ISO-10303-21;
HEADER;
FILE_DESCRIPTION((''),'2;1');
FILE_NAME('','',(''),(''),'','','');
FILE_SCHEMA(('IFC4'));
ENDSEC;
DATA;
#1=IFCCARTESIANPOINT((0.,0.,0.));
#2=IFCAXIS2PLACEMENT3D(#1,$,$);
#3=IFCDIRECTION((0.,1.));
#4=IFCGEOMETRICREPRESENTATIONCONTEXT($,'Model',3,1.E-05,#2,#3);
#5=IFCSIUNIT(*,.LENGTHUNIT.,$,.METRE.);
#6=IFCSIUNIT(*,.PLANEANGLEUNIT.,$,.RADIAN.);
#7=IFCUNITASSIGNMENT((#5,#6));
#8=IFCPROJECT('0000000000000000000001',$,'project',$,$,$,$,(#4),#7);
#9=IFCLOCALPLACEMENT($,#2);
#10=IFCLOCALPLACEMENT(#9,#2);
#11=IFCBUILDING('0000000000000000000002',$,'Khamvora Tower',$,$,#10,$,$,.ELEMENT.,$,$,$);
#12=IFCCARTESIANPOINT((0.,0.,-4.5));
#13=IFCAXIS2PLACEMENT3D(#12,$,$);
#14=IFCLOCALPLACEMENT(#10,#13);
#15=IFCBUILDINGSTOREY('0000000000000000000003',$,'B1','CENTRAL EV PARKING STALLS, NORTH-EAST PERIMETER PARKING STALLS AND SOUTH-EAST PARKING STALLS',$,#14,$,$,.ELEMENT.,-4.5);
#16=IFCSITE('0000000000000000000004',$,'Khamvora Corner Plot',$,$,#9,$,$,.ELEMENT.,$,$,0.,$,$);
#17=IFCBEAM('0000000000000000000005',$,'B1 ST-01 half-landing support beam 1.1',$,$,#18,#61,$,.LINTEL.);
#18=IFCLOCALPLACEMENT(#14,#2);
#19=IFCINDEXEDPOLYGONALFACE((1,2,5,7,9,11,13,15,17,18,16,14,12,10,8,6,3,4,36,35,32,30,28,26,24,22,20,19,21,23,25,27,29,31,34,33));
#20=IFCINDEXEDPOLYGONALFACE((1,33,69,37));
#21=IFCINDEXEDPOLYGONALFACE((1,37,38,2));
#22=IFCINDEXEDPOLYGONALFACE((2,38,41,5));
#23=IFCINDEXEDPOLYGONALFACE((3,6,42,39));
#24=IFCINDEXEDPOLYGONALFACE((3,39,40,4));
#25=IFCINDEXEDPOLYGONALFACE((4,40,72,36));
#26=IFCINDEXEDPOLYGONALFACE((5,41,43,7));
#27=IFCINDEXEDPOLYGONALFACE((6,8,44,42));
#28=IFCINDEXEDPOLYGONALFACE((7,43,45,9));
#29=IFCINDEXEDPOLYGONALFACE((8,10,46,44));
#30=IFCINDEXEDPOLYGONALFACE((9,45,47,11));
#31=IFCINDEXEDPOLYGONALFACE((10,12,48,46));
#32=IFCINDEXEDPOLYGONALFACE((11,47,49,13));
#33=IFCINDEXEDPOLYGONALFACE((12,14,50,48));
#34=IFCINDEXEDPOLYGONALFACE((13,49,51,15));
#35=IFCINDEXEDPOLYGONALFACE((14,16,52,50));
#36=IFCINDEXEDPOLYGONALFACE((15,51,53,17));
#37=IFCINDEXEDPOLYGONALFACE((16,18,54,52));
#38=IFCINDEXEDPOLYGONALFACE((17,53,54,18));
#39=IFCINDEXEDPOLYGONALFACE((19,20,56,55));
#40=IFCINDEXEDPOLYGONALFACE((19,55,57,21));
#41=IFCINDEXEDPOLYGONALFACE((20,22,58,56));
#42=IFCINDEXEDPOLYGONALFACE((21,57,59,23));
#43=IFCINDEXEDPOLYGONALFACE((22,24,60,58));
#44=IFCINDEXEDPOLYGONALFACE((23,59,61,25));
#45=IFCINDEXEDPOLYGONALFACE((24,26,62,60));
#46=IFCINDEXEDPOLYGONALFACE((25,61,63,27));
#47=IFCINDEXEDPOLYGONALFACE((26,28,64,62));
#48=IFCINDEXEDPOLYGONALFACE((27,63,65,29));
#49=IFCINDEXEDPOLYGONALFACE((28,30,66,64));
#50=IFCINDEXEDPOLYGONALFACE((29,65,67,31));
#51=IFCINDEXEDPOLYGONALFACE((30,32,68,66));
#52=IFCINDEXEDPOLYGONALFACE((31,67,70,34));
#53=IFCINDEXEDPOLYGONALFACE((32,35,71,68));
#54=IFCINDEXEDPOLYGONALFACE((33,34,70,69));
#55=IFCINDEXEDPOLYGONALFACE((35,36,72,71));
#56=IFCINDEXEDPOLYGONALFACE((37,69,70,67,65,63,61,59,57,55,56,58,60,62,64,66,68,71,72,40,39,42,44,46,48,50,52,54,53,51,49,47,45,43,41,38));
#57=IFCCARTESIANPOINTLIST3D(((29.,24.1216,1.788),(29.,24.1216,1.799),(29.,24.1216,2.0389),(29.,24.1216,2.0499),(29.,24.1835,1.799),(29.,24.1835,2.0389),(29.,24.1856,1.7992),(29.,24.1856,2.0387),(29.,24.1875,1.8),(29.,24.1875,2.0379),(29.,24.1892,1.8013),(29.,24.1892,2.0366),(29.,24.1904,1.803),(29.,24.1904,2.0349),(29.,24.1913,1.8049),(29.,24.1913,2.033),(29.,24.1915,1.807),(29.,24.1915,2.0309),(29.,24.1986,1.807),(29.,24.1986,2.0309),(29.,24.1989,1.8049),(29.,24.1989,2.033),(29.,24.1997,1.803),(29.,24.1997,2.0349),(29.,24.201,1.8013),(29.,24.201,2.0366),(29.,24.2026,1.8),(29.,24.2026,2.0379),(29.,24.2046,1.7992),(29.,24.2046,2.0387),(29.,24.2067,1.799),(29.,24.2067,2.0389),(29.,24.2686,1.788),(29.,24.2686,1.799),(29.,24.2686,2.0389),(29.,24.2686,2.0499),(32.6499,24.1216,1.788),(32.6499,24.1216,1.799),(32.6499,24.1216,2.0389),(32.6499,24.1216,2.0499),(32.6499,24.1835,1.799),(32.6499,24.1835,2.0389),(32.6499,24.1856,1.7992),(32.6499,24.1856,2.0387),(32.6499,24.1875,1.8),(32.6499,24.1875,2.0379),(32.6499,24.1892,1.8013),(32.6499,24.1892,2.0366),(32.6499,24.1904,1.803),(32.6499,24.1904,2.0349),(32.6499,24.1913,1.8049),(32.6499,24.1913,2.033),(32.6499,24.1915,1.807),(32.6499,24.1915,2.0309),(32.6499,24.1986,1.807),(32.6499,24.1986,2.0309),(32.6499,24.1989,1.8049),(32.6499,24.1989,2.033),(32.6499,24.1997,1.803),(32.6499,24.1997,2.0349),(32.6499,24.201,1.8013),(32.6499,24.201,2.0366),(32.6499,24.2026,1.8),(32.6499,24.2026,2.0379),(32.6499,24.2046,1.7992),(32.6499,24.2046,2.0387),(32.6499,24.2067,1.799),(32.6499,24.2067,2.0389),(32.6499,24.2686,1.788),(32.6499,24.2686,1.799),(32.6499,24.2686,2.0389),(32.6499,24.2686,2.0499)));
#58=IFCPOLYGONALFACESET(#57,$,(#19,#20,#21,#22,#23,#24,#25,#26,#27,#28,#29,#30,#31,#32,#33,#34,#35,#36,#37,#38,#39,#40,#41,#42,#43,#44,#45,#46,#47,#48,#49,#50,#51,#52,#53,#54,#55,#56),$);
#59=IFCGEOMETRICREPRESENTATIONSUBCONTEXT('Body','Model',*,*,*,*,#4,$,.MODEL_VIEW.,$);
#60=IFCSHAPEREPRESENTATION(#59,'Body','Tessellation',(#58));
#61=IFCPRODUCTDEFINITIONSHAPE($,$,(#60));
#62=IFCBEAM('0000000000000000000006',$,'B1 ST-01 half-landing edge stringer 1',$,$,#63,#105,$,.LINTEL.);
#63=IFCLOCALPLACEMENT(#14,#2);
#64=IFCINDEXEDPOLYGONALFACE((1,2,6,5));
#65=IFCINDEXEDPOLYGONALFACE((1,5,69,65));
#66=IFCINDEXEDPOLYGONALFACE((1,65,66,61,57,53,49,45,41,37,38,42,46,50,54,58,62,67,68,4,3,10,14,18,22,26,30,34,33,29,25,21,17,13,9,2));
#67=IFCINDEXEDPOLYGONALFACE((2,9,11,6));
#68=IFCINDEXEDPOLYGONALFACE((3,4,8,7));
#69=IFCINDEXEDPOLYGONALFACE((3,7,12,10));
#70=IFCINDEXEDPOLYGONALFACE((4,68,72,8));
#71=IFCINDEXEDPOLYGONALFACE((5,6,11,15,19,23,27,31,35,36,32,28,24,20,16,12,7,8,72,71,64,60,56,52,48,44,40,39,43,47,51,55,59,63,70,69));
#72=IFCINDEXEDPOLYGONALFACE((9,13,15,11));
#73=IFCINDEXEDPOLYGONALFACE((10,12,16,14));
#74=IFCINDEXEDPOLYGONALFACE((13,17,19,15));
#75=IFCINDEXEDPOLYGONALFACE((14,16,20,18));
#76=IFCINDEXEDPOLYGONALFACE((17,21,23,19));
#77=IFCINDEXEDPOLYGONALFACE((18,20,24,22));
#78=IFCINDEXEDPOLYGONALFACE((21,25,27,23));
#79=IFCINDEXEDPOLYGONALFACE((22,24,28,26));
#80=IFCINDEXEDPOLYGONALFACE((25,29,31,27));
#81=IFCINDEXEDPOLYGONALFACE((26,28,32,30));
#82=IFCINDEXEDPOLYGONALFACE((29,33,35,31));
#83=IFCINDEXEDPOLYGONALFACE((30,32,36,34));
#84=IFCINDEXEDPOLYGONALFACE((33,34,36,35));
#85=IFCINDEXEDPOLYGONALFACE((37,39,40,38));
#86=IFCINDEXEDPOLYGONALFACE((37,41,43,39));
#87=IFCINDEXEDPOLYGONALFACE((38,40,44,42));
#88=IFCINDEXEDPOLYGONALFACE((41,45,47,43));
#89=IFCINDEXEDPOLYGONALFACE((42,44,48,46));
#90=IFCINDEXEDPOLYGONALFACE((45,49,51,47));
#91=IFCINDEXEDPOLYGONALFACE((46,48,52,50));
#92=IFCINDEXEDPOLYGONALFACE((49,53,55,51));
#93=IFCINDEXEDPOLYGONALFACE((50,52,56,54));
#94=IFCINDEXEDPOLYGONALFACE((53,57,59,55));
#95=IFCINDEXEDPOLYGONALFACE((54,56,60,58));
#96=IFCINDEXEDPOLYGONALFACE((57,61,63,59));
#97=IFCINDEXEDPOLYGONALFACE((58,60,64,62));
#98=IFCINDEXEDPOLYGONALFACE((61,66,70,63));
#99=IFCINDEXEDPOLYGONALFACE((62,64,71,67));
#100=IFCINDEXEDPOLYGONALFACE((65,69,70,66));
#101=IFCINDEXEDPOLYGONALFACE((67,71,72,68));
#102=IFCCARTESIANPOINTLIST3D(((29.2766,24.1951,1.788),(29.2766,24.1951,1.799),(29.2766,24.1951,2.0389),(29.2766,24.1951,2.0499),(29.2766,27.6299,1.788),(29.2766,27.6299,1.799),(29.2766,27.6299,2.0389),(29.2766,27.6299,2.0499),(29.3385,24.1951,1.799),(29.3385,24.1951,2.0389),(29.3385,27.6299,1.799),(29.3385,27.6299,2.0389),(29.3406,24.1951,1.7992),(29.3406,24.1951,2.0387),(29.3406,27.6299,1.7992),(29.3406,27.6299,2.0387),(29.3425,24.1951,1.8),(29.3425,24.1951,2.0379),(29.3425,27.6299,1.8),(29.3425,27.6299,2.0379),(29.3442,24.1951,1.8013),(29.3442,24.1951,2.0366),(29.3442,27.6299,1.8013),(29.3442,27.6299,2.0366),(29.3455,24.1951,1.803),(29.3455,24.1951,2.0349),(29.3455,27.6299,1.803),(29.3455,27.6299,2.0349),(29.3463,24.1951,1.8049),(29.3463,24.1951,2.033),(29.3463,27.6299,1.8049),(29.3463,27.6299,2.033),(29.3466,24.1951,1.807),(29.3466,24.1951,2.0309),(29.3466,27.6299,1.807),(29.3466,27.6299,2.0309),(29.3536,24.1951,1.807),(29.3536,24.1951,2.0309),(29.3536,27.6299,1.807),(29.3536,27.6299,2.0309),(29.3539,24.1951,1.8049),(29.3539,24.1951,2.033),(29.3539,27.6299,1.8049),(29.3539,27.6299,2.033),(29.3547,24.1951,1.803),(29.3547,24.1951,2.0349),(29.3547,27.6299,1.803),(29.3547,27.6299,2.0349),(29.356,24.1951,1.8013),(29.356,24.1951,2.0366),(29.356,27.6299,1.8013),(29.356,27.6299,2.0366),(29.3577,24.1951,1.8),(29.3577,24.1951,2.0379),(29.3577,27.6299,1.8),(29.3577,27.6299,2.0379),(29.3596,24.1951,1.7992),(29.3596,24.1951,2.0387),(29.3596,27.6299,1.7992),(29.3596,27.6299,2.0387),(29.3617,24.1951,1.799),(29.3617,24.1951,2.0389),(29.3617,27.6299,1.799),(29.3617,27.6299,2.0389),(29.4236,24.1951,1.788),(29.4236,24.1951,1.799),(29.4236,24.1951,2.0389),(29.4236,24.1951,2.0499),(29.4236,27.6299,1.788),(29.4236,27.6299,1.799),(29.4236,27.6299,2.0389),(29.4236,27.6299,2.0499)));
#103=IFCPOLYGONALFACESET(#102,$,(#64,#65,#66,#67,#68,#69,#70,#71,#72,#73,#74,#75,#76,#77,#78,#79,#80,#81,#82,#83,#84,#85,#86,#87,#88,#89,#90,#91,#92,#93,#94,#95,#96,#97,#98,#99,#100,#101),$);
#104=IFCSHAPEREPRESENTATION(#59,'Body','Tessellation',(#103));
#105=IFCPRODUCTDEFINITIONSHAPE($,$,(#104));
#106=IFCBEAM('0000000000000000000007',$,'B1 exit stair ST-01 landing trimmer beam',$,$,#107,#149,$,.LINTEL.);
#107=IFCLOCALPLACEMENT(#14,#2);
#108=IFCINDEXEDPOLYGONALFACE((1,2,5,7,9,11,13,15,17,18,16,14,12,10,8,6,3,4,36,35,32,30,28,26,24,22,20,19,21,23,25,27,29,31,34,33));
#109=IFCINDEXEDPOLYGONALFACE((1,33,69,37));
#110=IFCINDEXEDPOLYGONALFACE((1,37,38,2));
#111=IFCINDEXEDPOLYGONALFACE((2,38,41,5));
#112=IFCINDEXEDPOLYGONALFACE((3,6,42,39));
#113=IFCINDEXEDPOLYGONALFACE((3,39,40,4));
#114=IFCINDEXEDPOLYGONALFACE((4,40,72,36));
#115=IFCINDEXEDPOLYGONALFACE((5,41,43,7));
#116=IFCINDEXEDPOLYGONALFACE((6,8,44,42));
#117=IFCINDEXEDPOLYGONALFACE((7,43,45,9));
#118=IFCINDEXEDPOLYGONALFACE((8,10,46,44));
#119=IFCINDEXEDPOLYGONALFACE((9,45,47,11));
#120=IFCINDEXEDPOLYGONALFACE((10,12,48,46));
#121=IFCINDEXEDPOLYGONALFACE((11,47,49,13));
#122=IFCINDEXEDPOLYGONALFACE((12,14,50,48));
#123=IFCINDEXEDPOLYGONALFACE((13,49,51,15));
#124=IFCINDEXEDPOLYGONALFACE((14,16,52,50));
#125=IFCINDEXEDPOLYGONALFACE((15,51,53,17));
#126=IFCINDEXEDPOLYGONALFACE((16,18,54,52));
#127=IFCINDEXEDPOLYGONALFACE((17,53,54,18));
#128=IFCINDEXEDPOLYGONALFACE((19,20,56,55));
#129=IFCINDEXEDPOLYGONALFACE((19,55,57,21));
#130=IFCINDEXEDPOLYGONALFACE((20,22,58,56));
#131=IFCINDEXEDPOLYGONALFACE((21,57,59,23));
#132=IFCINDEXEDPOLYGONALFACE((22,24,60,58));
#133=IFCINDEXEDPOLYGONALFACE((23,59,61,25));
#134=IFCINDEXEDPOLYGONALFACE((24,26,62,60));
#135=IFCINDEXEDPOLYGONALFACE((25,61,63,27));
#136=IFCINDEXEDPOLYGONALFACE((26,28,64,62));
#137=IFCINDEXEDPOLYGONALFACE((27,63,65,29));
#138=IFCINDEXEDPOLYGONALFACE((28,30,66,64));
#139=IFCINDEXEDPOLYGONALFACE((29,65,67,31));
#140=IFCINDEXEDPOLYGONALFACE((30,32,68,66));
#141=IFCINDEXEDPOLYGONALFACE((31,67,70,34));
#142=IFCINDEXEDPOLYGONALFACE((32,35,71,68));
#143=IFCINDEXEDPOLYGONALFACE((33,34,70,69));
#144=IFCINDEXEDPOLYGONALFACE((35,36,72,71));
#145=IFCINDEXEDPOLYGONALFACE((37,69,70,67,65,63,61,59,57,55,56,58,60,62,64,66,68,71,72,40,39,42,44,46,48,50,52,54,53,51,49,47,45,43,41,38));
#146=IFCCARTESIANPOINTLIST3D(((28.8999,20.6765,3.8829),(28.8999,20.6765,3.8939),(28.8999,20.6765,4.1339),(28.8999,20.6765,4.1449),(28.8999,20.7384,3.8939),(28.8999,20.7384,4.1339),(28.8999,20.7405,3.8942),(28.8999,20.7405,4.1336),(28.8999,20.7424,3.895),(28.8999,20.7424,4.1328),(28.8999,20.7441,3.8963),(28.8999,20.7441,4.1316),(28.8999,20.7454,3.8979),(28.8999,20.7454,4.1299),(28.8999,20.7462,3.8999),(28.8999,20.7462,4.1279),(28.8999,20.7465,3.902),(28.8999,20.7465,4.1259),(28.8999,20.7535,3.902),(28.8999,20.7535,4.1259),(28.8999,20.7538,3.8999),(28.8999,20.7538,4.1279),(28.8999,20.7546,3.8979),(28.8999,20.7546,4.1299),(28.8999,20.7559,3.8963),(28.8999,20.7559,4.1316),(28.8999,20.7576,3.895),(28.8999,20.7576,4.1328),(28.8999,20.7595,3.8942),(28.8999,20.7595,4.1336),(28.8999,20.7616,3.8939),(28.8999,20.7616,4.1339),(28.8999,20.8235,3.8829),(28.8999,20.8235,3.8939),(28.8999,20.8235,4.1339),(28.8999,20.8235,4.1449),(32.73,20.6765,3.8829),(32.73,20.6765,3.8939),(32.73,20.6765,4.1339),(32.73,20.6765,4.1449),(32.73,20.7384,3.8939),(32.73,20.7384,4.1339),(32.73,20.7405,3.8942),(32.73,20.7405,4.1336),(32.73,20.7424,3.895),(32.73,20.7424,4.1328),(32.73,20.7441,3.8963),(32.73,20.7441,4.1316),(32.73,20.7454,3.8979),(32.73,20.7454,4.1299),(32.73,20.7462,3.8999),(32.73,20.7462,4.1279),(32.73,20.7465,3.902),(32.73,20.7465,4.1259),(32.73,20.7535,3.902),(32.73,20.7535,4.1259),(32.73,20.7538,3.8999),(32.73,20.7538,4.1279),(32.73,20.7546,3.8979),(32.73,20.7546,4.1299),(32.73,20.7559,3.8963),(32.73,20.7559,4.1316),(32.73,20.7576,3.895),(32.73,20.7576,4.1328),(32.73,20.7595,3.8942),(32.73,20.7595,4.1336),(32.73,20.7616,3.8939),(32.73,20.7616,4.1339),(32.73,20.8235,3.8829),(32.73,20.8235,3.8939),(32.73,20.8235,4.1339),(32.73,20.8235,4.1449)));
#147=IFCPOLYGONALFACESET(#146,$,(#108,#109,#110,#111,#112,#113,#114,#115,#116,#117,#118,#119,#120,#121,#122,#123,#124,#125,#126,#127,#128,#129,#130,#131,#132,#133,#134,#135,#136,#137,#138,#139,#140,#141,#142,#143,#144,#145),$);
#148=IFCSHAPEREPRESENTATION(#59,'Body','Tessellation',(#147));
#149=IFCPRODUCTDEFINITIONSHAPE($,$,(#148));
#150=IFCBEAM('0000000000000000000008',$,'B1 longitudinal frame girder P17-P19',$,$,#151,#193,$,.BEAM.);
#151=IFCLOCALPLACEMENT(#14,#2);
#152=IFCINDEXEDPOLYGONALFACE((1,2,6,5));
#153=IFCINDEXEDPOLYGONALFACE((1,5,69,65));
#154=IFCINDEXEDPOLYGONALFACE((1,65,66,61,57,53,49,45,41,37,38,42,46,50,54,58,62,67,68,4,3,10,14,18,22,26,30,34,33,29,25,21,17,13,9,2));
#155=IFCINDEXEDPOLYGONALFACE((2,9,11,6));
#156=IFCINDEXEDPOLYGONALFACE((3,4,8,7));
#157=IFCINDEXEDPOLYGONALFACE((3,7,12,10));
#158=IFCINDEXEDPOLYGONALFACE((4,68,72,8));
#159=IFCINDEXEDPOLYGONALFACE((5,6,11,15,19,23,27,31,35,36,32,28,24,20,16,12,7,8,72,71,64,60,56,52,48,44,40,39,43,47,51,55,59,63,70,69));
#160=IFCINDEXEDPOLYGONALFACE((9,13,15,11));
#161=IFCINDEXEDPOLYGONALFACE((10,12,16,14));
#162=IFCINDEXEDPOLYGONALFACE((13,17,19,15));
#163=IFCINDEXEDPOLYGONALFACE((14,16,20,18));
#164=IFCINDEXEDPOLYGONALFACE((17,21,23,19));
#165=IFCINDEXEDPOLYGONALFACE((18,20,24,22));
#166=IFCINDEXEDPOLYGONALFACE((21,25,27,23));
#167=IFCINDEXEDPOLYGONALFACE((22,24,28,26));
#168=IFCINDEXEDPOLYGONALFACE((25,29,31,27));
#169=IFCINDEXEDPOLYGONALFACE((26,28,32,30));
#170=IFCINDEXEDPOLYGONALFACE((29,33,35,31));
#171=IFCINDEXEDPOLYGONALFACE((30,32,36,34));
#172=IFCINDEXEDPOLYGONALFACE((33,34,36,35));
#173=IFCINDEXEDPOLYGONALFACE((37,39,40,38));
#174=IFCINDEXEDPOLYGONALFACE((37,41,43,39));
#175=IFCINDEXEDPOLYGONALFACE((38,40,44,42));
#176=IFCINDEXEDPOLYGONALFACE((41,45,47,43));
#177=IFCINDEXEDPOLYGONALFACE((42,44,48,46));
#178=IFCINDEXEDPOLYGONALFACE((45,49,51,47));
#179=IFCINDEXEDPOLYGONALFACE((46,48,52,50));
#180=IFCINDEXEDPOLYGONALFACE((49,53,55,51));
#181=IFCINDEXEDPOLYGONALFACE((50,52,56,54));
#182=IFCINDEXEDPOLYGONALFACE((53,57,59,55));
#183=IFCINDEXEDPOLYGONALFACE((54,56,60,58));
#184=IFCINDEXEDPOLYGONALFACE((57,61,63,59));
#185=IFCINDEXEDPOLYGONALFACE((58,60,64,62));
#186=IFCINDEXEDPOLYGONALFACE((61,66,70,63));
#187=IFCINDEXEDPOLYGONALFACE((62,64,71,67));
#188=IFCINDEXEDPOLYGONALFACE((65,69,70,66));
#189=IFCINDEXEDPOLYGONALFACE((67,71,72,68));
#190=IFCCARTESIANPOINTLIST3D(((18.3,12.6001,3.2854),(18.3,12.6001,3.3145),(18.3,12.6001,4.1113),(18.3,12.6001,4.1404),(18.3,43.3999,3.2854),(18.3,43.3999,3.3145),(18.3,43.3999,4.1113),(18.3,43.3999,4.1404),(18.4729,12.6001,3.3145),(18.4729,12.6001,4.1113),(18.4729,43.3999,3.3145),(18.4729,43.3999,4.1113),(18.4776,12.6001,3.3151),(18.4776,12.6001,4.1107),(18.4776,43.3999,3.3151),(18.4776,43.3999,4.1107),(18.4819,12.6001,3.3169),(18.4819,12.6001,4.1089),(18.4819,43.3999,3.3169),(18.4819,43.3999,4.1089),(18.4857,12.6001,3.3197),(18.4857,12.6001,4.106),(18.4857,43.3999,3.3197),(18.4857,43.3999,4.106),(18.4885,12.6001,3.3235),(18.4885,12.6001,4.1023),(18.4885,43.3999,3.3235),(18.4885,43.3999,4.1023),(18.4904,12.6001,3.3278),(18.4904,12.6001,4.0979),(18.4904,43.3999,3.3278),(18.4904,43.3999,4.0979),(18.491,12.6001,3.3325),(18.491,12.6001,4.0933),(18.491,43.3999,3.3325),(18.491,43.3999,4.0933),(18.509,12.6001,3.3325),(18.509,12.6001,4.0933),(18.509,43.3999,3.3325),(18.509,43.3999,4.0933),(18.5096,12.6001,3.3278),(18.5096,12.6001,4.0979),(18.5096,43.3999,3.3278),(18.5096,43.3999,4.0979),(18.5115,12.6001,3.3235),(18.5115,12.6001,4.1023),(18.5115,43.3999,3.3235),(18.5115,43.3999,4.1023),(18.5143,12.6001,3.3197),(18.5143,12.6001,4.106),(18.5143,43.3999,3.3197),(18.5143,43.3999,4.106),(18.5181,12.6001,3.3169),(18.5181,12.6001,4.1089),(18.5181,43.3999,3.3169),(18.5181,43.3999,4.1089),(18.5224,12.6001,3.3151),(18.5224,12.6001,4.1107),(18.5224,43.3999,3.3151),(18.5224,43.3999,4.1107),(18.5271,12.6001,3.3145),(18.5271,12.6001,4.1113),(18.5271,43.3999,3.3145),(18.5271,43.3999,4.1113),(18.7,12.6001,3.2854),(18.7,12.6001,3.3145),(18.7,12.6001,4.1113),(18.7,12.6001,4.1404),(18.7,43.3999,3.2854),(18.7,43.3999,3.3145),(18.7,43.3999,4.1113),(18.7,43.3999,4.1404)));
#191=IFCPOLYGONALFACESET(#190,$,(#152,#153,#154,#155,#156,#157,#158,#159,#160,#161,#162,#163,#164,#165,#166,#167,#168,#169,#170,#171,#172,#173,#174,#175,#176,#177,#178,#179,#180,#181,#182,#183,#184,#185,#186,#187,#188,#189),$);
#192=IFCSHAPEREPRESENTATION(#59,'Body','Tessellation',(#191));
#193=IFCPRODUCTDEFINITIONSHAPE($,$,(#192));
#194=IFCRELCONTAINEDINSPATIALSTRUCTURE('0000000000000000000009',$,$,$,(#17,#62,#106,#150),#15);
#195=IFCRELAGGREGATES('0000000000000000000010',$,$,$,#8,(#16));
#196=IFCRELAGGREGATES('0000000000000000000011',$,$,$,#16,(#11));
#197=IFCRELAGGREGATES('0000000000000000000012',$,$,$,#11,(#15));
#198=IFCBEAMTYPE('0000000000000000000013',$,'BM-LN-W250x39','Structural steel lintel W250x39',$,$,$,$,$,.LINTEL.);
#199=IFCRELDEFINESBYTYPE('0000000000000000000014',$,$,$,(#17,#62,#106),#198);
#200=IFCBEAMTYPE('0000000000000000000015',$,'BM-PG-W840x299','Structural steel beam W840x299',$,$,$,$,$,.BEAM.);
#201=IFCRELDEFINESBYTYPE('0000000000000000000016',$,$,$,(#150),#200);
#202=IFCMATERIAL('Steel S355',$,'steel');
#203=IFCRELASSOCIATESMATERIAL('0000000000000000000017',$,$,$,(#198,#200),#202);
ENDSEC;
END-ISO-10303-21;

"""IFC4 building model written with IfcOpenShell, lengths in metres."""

from ifc_helpers import new_model, si_unit, direction, frame, origin, origin_2d, place, context, subcontext, project, spatial, i_section, extrude, material, material_profile, profile_set, type_object, element, save


model = new_model("IFC4")

# Units and contexts
model_context = context("Model", 3, precision=1e-05, world=origin(), true_north=direction((0.0, 1.0)))
body_context = subcontext(model_context, "Body", "Model", "MODEL_VIEW")
ifc_project = project(units=[si_unit("LENGTHUNIT", "METRE"), si_unit("PLANEANGLEUNIT", "RADIAN")], contexts=[model_context])

# Site, building, storey
site_placement = place(None, origin())
site = spatial("IfcSite", under=ifc_project, at=site_placement, Name="Khamvora Corner Plot", CompositionType="ELEMENT", RefElevation=0.0)
building_placement = place(site_placement, origin())
building = spatial("IfcBuilding", under=site, at=building_placement, Name="Khamvora Tower", CompositionType="ELEMENT")
storey_placement = place(building_placement, frame((0.0, 0.0, -4.5)))
storey = spatial("IfcBuildingStorey", under=building, at=storey_placement, Name="B1", Description="CENTRAL EV PARKING STALLS, NORTH-EAST PERIMETER PARKING STALLS AND SOUTH-EAST PARKING STALLS", CompositionType="ELEMENT", Elevation=-4.5)

# Beams
ifc_material_1 = material(Name="Steel S355", Category="steel")
ifc_material_profile_1 = material_profile(ifc_material_1, i_section(OverallWidth=0.147, OverallDepth=0.262, WebThickness=0.0071, FlangeThickness=0.011, FilletRadius=0.0081, at=origin_2d()), Name="W250x39")
ifc_profile_set_1 = profile_set([ifc_material_profile_1], Name="Steel S355")
beam_type_1 = type_object("IfcBeamType", Name="BM-LN-W250x39", Description="Structural steel lintel W250x39", PredefinedType="LINTEL", material=ifc_profile_set_1)
beam_1_placement = place(storey_placement, frame((29.0, 24.1951, 1.9189), z_axis=(1.0, 0.0, 0.0), x_axis=(0.0, 1.0, 0.0)))
element("IfcBeam", 1, at=beam_1_placement, inside=storey, type_object=beam_type_1, Name="B1 ST-01 half-landing support beam 1.1", PredefinedType="LINTEL", context=body_context, shape_type="SweptSolid", body=[
    extrude(i_section(OverallWidth=0.147, OverallDepth=0.262, WebThickness=0.0071, FlangeThickness=0.011, FilletRadius=0.0081, at=origin_2d()), origin(), (0.0, 0.0, 1.0), 3.6499),
])
beam_2_placement = place(storey_placement, frame((29.3501, 24.1951, 1.9189), z_axis=(0.0, 1.0, 0.0), x_axis=(-1.0, 0.0, 0.0)))
element("IfcBeam", 2, at=beam_2_placement, inside=storey, type_object=beam_type_1, Name="B1 ST-01 half-landing edge stringer 1", PredefinedType="LINTEL", context=body_context, shape_type="SweptSolid", body=[
    extrude(i_section(OverallWidth=0.147, OverallDepth=0.262, WebThickness=0.0071, FlangeThickness=0.011, FilletRadius=0.0081, at=origin_2d()), origin(), (0.0, 0.0, 1.0), 3.4348),
])
beam_3_placement = place(storey_placement, frame((28.8999, 20.75, 4.0139), z_axis=(1.0, 0.0, 0.0), x_axis=(0.0, 1.0, 0.0)))
element("IfcBeam", 3, at=beam_3_placement, inside=storey, type_object=beam_type_1, Name="B1 exit stair ST-01 landing trimmer beam", PredefinedType="LINTEL", context=body_context, shape_type="SweptSolid", body=[
    extrude(i_section(OverallWidth=0.147, OverallDepth=0.262, WebThickness=0.0071, FlangeThickness=0.011, FilletRadius=0.0081, at=origin_2d()), origin(), (0.0, 0.0, 1.0), 3.8301),
])
ifc_material_profile_2 = material_profile(ifc_material_1, i_section(OverallWidth=0.3999, OverallDepth=0.855, WebThickness=0.0181, FlangeThickness=0.0291, FilletRadius=0.0181, at=origin_2d()), Name="W840x299")
ifc_profile_set_2 = profile_set([ifc_material_profile_2], Name="Steel S355")
beam_type_2 = type_object("IfcBeamType", Name="BM-PG-W840x299", Description="Structural steel beam W840x299", PredefinedType="BEAM", material=ifc_profile_set_2)
beam_4_placement = place(storey_placement, frame((18.5, 12.6001, 3.7129), z_axis=(0.0, 1.0, 0.0), x_axis=(-1.0, 0.0, 0.0)))
element("IfcBeam", 4, at=beam_4_placement, inside=storey, type_object=beam_type_2, Name="B1 longitudinal frame girder P17-P19", PredefinedType="BEAM", context=body_context, shape_type="SweptSolid", body=[
    extrude(i_section(OverallWidth=0.3999, OverallDepth=0.855, WebThickness=0.0181, FlangeThickness=0.0291, FilletRadius=0.0181, at=origin_2d()), origin(), (0.0, 0.0, 1.0), 30.7998),
])

save(model, "model.ifc")
